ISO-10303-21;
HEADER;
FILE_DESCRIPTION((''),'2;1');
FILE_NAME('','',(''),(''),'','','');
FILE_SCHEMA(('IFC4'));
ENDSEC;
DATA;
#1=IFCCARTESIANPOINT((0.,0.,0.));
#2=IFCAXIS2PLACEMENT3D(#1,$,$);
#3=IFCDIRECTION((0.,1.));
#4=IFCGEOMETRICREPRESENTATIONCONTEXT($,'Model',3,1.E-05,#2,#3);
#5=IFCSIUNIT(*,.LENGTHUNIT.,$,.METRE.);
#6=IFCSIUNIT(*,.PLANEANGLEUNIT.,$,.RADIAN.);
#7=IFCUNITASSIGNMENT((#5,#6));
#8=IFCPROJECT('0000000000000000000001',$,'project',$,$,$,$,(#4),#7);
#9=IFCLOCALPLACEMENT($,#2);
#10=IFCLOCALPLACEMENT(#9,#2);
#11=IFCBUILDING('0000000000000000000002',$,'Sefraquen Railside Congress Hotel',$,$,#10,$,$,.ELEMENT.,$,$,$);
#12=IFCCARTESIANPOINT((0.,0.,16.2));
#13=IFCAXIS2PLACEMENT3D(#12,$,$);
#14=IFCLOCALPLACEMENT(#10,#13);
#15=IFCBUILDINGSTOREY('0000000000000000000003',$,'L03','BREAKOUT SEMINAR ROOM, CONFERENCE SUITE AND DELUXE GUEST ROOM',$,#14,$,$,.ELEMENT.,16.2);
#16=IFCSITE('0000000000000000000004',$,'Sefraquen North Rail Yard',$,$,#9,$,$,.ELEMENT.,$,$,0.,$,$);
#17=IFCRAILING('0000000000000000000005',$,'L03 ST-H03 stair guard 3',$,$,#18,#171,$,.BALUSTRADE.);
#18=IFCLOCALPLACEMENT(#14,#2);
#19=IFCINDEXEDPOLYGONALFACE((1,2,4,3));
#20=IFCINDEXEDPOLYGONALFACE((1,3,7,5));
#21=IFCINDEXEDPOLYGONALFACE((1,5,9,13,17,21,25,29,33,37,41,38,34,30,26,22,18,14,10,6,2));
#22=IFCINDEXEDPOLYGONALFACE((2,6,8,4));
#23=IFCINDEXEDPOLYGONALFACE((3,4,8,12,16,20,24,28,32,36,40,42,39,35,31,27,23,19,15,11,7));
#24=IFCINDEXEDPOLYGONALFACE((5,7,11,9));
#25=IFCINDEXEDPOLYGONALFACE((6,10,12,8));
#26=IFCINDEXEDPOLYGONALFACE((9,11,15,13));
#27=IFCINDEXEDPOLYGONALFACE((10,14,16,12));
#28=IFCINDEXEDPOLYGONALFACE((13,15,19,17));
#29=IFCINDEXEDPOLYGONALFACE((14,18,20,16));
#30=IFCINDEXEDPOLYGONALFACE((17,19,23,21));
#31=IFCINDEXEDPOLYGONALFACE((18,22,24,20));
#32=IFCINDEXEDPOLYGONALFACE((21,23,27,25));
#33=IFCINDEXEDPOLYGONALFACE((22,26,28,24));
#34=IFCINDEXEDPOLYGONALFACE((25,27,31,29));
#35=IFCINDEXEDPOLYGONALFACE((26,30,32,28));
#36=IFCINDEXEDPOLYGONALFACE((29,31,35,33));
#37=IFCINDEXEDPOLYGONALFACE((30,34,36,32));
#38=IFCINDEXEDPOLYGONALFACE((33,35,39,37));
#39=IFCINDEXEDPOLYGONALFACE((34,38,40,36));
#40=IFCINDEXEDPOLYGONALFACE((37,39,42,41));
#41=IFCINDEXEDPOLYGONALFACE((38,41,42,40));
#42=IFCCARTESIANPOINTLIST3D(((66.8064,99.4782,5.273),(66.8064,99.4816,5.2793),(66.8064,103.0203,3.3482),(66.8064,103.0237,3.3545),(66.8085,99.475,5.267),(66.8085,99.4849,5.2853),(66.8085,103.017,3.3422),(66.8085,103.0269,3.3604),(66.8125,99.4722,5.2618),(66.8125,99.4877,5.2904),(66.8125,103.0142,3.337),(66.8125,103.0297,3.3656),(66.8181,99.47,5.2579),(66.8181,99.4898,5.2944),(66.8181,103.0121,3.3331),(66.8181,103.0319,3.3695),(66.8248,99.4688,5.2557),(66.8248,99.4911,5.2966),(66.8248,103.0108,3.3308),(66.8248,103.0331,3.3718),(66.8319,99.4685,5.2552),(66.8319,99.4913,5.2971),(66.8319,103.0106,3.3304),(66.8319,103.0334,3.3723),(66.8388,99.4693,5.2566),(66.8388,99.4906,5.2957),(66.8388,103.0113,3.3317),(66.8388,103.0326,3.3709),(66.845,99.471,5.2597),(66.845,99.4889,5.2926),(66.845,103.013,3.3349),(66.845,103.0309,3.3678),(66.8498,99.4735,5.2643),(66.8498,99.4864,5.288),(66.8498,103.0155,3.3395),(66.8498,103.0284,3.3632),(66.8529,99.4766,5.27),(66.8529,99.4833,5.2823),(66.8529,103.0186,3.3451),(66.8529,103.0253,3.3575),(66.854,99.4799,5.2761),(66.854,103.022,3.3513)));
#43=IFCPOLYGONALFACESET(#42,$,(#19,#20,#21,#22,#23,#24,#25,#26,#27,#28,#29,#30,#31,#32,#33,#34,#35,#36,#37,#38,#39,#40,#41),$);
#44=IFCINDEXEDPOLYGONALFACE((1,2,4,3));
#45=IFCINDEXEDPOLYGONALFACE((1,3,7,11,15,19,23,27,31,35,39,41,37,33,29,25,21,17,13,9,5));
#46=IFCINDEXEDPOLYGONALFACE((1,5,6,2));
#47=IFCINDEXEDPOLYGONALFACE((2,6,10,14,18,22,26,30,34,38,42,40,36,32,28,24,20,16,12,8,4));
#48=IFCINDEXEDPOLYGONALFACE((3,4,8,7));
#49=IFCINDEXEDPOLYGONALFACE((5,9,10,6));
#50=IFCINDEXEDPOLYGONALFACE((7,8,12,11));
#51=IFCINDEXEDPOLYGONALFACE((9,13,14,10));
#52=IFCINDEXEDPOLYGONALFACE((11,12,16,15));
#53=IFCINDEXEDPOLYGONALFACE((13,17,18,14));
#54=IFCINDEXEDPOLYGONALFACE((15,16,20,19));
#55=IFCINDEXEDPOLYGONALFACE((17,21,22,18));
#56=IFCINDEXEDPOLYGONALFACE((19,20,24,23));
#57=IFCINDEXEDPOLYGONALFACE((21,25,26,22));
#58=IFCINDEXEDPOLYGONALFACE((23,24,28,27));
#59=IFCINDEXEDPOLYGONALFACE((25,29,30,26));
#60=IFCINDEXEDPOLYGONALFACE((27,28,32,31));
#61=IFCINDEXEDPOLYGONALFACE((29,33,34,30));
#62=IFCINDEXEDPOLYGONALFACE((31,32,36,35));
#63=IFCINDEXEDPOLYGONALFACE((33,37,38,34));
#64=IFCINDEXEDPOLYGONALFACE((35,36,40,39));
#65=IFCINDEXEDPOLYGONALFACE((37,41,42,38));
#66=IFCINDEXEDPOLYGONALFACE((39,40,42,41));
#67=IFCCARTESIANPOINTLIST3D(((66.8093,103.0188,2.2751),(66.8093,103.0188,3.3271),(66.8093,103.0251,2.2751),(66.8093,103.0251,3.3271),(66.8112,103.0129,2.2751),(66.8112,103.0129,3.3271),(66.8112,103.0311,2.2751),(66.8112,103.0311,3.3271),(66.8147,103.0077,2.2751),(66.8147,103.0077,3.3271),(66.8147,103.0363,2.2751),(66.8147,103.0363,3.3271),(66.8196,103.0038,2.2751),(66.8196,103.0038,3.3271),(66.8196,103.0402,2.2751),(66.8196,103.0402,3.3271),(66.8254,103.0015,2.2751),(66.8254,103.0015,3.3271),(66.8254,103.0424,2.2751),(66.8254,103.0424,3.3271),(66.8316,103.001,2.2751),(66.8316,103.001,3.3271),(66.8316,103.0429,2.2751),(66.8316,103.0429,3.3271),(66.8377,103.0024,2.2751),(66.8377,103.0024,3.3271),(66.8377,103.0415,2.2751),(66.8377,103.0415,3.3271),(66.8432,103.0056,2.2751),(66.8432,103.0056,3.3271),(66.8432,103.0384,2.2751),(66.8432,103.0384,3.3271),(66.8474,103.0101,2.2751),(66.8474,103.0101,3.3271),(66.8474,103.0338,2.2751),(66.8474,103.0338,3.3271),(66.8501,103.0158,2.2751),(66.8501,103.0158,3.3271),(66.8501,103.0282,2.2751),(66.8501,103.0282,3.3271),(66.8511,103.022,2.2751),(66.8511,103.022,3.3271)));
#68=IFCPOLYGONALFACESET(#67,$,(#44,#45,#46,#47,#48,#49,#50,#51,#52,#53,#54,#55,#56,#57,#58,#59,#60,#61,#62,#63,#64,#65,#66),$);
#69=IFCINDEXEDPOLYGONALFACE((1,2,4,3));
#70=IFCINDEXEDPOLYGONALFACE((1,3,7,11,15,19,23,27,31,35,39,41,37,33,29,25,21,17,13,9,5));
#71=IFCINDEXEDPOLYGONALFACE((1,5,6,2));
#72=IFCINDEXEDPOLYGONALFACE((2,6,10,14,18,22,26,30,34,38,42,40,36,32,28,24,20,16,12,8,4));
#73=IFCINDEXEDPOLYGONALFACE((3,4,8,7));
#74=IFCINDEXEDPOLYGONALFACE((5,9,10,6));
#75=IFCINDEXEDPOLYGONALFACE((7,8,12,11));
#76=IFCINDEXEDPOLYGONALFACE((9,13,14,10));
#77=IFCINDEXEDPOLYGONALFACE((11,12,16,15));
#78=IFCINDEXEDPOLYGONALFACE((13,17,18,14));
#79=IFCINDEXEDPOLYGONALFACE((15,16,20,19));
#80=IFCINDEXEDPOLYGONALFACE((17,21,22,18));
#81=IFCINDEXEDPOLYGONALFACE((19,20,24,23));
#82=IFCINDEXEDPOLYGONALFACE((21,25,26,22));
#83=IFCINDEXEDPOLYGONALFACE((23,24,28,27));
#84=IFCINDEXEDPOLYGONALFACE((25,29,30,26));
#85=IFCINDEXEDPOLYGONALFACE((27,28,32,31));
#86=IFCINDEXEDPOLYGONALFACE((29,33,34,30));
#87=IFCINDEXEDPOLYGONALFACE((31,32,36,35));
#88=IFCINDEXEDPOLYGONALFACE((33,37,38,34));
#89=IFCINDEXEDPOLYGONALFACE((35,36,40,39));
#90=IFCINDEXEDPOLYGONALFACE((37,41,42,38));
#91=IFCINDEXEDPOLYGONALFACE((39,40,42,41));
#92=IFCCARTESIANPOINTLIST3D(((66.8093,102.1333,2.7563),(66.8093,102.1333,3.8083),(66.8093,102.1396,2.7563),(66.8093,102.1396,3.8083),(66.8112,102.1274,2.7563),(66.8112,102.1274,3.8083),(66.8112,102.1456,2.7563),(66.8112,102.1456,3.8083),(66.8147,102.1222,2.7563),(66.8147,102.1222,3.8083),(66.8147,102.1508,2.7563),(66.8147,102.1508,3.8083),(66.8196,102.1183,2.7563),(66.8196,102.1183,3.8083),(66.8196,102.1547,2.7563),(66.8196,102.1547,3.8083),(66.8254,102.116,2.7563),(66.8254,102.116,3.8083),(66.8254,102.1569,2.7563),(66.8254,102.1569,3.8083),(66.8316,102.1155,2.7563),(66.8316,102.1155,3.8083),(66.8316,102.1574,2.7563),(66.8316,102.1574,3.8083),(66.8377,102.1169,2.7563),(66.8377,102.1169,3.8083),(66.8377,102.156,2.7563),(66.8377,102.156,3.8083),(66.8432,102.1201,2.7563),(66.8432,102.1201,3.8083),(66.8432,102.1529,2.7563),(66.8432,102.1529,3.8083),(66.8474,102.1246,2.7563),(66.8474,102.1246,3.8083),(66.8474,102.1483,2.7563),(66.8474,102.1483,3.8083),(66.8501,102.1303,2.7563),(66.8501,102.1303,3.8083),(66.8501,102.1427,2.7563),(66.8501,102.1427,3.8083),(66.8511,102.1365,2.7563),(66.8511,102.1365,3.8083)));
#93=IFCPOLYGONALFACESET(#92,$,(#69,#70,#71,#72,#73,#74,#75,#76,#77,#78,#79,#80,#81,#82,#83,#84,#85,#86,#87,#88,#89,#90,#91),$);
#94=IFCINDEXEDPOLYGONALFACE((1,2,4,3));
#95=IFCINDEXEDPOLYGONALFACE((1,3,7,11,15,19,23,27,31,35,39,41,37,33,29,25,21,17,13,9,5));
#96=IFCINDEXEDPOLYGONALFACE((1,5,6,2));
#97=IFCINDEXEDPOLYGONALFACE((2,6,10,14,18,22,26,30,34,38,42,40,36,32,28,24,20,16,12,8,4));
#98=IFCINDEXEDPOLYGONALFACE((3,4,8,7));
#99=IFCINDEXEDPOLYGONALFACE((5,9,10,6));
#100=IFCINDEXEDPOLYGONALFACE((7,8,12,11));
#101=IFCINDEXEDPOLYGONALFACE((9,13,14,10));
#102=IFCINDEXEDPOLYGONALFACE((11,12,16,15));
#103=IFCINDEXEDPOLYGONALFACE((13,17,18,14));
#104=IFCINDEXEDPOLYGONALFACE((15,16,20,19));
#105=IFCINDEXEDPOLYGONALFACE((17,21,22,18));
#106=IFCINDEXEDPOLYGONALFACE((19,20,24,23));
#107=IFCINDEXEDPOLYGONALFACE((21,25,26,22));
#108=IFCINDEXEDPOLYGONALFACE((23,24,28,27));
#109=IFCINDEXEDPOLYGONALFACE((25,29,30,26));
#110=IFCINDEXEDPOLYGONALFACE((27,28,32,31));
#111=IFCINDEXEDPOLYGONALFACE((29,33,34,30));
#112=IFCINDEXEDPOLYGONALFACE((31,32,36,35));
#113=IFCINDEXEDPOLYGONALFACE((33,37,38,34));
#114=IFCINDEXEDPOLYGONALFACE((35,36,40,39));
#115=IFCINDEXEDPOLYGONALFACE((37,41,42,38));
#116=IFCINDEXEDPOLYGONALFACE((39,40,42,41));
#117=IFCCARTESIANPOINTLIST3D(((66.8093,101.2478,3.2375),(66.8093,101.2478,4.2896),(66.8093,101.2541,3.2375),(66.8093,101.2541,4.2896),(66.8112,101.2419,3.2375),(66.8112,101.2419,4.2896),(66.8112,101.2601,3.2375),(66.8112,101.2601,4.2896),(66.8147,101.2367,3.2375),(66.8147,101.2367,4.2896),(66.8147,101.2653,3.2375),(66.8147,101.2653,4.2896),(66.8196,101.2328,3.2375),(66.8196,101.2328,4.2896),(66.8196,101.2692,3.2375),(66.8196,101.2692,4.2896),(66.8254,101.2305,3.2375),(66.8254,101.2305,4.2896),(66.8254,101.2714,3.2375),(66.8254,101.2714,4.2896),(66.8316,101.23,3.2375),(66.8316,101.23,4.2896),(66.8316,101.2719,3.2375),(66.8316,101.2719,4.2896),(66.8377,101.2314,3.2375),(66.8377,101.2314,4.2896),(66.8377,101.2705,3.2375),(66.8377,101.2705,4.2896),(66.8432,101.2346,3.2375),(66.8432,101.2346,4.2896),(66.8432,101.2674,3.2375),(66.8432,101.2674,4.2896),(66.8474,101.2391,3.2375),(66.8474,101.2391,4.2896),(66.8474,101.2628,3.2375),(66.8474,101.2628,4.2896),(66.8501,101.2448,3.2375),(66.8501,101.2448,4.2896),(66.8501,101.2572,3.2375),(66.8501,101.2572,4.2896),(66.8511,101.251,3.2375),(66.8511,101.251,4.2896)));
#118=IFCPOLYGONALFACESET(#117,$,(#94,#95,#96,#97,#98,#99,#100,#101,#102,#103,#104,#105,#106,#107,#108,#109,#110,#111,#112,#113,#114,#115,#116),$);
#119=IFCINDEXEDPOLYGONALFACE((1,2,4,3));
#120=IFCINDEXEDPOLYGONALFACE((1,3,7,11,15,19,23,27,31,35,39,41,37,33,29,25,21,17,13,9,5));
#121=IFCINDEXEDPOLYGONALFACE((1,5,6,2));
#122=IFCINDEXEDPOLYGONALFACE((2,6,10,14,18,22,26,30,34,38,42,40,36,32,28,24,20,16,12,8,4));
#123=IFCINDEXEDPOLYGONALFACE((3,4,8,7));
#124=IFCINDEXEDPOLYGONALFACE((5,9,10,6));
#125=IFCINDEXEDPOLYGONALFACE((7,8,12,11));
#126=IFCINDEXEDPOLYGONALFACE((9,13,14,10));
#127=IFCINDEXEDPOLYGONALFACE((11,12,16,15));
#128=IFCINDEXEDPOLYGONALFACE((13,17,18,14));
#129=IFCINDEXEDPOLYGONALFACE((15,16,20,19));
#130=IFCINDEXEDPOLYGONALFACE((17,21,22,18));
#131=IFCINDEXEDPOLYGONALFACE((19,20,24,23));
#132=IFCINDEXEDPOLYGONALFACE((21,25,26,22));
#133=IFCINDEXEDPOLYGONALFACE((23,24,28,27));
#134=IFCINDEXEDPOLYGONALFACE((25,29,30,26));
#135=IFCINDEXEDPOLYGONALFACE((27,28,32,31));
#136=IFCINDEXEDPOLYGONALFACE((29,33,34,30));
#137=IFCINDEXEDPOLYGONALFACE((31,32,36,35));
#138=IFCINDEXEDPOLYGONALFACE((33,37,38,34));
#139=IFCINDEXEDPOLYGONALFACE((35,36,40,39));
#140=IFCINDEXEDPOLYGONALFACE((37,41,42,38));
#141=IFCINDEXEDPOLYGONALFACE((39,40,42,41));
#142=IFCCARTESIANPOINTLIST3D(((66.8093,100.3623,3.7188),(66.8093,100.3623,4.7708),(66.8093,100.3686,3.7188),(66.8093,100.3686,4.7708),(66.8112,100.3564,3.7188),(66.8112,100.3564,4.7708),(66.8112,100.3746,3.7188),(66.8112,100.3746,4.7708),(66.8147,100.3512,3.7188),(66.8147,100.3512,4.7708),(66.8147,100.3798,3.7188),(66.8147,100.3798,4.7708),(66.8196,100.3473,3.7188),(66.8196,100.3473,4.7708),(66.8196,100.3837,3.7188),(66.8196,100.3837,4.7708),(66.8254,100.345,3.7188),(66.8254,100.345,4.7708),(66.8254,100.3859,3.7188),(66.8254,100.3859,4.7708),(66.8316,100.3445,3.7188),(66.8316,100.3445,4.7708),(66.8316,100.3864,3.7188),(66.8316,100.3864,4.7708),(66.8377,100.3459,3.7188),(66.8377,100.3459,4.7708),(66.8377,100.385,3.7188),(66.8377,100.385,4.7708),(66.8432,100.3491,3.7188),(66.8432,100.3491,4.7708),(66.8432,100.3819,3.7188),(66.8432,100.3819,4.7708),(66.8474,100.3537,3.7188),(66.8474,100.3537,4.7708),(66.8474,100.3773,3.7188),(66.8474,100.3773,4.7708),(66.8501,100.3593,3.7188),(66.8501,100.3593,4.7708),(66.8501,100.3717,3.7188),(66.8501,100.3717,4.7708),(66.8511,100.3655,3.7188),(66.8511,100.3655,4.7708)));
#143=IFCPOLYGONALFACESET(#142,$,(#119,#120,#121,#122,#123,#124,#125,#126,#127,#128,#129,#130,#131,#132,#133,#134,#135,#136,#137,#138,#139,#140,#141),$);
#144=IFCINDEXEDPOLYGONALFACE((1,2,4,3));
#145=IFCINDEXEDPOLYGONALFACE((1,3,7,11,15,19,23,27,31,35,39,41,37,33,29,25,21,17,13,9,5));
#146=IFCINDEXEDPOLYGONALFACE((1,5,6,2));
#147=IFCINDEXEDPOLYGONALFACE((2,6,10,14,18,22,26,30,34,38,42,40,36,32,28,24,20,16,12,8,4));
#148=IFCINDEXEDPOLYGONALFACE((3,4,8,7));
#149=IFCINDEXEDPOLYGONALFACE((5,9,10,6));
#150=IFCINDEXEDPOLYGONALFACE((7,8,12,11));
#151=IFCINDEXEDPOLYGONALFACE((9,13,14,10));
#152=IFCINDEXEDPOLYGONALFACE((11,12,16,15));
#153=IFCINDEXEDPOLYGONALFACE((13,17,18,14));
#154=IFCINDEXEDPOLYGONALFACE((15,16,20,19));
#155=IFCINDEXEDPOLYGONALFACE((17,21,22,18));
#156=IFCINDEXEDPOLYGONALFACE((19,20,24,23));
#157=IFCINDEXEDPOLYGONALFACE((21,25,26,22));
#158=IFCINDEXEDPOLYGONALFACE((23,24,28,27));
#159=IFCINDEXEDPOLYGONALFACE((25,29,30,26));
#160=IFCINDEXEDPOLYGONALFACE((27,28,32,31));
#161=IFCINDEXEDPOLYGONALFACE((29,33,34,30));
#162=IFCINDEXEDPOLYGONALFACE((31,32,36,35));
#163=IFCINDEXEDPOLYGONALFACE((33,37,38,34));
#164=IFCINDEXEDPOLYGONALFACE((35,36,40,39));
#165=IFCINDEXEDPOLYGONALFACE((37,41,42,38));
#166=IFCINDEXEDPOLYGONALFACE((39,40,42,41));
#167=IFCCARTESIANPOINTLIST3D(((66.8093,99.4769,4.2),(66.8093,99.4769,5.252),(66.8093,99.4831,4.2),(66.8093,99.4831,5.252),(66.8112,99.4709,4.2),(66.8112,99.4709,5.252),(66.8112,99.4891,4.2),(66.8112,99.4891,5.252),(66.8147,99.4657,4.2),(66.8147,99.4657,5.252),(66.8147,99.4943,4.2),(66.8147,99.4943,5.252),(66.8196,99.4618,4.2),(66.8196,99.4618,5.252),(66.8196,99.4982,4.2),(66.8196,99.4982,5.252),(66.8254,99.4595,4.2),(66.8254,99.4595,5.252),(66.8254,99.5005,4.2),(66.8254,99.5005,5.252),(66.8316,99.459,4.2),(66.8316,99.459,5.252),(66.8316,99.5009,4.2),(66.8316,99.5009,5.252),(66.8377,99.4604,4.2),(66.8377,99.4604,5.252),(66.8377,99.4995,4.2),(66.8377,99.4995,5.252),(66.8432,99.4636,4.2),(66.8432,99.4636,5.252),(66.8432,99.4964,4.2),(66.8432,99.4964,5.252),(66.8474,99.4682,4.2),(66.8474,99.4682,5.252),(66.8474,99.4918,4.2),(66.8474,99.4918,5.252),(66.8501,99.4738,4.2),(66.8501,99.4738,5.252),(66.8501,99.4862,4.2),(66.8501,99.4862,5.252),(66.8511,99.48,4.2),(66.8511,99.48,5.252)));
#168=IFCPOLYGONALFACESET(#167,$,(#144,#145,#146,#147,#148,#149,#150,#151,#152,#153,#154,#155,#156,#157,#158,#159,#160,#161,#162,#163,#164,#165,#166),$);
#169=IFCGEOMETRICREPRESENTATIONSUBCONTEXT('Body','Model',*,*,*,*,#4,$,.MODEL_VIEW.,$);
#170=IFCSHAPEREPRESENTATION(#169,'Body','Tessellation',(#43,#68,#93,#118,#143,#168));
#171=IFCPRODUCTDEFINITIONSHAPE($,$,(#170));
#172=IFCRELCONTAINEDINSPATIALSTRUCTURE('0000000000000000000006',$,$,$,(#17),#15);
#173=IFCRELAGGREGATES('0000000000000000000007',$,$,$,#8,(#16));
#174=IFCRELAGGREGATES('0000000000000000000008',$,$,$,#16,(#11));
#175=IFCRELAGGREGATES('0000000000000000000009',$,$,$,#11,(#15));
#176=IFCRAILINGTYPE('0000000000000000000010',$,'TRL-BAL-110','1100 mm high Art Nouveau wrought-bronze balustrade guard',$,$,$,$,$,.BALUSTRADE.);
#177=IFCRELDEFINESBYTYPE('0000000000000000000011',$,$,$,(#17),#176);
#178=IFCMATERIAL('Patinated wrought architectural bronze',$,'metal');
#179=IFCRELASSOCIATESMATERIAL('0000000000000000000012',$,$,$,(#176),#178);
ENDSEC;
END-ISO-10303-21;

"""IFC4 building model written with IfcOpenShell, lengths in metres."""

from ifc_helpers import new_model, si_unit, direction, frame, origin, origin_2d, place, context, subcontext, project, spatial, circle, extrude, material, type_object, element, save


model = new_model("IFC4")

# Units and contexts
model_context = context("Model", 3, precision=1e-05, world=origin(), true_north=direction((0.0, 1.0)))
body_context = subcontext(model_context, "Body", "Model", "MODEL_VIEW")
ifc_project = project(units=[si_unit("LENGTHUNIT", "METRE"), si_unit("PLANEANGLEUNIT", "RADIAN")], contexts=[model_context])

# Site, building, storey
site_placement = place(None, origin())
site = spatial("IfcSite", under=ifc_project, at=site_placement, Name="Sefraquen North Rail Yard", CompositionType="ELEMENT", RefElevation=0.0)
building_placement = place(site_placement, origin())
building = spatial("IfcBuilding", under=site, at=building_placement, Name="Sefraquen Railside Congress Hotel", CompositionType="ELEMENT")
storey_placement = place(building_placement, frame((0.0, 0.0, 16.2)))
storey = spatial("IfcBuildingStorey", under=building, at=storey_placement, Name="L03", Description="BREAKOUT SEMINAR ROOM, CONFERENCE SUITE AND DELUXE GUEST ROOM", CompositionType="ELEMENT", Elevation=16.2)

# Railing
ifc_material_1 = material(Name="Patinated wrought architectural bronze", Category="metal")
railing_type_1 = type_object("IfcRailingType", Name="TRL-BAL-110", Description="1100 mm high Art Nouveau wrought-bronze balustrade guard", PredefinedType="BALUSTRADE", material=ifc_material_1)
railing_1_placement = place(storey_placement, frame((66.8301, 103.022, 2.2751)))
element("IfcRailing", 1, at=railing_1_placement, inside=storey, type_object=railing_type_1, Name="L03 ST-H03 stair guard 3", PredefinedType="BALUSTRADE", context=body_context, shape_type="SweptSolid", body=[
    extrude(circle(Radius=0.0239, at=origin_2d()), frame((0.0, 0.0, 1.0762), z_axis=(0.0, -0.878644, 0.477477), x_axis=(1.0, 0.0, 0.0)), (0.0, 0.0, 1.0), 4.0312),
    extrude(circle(Radius=0.021, at=origin_2d()), origin(), (0.0, 0.0, 1.0), 1.052),
    extrude(circle(Radius=0.021, at=origin_2d()), frame((0.0, -0.8855, 0.4812)), (0.0, 0.0, 1.0), 1.052),
    extrude(circle(Radius=0.021, at=origin_2d()), frame((0.0, -1.771, 0.9624)), (0.0, 0.0, 1.0), 1.052),
    extrude(circle(Radius=0.021, at=origin_2d()), frame((0.0, -2.6565, 1.4436)), (0.0, 0.0, 1.0), 1.052),
    extrude(circle(Radius=0.021, at=origin_2d()), frame((0.0, -3.542, 1.9248)), (0.0, 0.0, 1.0), 1.052),
])

save(model, "model.ifc")
